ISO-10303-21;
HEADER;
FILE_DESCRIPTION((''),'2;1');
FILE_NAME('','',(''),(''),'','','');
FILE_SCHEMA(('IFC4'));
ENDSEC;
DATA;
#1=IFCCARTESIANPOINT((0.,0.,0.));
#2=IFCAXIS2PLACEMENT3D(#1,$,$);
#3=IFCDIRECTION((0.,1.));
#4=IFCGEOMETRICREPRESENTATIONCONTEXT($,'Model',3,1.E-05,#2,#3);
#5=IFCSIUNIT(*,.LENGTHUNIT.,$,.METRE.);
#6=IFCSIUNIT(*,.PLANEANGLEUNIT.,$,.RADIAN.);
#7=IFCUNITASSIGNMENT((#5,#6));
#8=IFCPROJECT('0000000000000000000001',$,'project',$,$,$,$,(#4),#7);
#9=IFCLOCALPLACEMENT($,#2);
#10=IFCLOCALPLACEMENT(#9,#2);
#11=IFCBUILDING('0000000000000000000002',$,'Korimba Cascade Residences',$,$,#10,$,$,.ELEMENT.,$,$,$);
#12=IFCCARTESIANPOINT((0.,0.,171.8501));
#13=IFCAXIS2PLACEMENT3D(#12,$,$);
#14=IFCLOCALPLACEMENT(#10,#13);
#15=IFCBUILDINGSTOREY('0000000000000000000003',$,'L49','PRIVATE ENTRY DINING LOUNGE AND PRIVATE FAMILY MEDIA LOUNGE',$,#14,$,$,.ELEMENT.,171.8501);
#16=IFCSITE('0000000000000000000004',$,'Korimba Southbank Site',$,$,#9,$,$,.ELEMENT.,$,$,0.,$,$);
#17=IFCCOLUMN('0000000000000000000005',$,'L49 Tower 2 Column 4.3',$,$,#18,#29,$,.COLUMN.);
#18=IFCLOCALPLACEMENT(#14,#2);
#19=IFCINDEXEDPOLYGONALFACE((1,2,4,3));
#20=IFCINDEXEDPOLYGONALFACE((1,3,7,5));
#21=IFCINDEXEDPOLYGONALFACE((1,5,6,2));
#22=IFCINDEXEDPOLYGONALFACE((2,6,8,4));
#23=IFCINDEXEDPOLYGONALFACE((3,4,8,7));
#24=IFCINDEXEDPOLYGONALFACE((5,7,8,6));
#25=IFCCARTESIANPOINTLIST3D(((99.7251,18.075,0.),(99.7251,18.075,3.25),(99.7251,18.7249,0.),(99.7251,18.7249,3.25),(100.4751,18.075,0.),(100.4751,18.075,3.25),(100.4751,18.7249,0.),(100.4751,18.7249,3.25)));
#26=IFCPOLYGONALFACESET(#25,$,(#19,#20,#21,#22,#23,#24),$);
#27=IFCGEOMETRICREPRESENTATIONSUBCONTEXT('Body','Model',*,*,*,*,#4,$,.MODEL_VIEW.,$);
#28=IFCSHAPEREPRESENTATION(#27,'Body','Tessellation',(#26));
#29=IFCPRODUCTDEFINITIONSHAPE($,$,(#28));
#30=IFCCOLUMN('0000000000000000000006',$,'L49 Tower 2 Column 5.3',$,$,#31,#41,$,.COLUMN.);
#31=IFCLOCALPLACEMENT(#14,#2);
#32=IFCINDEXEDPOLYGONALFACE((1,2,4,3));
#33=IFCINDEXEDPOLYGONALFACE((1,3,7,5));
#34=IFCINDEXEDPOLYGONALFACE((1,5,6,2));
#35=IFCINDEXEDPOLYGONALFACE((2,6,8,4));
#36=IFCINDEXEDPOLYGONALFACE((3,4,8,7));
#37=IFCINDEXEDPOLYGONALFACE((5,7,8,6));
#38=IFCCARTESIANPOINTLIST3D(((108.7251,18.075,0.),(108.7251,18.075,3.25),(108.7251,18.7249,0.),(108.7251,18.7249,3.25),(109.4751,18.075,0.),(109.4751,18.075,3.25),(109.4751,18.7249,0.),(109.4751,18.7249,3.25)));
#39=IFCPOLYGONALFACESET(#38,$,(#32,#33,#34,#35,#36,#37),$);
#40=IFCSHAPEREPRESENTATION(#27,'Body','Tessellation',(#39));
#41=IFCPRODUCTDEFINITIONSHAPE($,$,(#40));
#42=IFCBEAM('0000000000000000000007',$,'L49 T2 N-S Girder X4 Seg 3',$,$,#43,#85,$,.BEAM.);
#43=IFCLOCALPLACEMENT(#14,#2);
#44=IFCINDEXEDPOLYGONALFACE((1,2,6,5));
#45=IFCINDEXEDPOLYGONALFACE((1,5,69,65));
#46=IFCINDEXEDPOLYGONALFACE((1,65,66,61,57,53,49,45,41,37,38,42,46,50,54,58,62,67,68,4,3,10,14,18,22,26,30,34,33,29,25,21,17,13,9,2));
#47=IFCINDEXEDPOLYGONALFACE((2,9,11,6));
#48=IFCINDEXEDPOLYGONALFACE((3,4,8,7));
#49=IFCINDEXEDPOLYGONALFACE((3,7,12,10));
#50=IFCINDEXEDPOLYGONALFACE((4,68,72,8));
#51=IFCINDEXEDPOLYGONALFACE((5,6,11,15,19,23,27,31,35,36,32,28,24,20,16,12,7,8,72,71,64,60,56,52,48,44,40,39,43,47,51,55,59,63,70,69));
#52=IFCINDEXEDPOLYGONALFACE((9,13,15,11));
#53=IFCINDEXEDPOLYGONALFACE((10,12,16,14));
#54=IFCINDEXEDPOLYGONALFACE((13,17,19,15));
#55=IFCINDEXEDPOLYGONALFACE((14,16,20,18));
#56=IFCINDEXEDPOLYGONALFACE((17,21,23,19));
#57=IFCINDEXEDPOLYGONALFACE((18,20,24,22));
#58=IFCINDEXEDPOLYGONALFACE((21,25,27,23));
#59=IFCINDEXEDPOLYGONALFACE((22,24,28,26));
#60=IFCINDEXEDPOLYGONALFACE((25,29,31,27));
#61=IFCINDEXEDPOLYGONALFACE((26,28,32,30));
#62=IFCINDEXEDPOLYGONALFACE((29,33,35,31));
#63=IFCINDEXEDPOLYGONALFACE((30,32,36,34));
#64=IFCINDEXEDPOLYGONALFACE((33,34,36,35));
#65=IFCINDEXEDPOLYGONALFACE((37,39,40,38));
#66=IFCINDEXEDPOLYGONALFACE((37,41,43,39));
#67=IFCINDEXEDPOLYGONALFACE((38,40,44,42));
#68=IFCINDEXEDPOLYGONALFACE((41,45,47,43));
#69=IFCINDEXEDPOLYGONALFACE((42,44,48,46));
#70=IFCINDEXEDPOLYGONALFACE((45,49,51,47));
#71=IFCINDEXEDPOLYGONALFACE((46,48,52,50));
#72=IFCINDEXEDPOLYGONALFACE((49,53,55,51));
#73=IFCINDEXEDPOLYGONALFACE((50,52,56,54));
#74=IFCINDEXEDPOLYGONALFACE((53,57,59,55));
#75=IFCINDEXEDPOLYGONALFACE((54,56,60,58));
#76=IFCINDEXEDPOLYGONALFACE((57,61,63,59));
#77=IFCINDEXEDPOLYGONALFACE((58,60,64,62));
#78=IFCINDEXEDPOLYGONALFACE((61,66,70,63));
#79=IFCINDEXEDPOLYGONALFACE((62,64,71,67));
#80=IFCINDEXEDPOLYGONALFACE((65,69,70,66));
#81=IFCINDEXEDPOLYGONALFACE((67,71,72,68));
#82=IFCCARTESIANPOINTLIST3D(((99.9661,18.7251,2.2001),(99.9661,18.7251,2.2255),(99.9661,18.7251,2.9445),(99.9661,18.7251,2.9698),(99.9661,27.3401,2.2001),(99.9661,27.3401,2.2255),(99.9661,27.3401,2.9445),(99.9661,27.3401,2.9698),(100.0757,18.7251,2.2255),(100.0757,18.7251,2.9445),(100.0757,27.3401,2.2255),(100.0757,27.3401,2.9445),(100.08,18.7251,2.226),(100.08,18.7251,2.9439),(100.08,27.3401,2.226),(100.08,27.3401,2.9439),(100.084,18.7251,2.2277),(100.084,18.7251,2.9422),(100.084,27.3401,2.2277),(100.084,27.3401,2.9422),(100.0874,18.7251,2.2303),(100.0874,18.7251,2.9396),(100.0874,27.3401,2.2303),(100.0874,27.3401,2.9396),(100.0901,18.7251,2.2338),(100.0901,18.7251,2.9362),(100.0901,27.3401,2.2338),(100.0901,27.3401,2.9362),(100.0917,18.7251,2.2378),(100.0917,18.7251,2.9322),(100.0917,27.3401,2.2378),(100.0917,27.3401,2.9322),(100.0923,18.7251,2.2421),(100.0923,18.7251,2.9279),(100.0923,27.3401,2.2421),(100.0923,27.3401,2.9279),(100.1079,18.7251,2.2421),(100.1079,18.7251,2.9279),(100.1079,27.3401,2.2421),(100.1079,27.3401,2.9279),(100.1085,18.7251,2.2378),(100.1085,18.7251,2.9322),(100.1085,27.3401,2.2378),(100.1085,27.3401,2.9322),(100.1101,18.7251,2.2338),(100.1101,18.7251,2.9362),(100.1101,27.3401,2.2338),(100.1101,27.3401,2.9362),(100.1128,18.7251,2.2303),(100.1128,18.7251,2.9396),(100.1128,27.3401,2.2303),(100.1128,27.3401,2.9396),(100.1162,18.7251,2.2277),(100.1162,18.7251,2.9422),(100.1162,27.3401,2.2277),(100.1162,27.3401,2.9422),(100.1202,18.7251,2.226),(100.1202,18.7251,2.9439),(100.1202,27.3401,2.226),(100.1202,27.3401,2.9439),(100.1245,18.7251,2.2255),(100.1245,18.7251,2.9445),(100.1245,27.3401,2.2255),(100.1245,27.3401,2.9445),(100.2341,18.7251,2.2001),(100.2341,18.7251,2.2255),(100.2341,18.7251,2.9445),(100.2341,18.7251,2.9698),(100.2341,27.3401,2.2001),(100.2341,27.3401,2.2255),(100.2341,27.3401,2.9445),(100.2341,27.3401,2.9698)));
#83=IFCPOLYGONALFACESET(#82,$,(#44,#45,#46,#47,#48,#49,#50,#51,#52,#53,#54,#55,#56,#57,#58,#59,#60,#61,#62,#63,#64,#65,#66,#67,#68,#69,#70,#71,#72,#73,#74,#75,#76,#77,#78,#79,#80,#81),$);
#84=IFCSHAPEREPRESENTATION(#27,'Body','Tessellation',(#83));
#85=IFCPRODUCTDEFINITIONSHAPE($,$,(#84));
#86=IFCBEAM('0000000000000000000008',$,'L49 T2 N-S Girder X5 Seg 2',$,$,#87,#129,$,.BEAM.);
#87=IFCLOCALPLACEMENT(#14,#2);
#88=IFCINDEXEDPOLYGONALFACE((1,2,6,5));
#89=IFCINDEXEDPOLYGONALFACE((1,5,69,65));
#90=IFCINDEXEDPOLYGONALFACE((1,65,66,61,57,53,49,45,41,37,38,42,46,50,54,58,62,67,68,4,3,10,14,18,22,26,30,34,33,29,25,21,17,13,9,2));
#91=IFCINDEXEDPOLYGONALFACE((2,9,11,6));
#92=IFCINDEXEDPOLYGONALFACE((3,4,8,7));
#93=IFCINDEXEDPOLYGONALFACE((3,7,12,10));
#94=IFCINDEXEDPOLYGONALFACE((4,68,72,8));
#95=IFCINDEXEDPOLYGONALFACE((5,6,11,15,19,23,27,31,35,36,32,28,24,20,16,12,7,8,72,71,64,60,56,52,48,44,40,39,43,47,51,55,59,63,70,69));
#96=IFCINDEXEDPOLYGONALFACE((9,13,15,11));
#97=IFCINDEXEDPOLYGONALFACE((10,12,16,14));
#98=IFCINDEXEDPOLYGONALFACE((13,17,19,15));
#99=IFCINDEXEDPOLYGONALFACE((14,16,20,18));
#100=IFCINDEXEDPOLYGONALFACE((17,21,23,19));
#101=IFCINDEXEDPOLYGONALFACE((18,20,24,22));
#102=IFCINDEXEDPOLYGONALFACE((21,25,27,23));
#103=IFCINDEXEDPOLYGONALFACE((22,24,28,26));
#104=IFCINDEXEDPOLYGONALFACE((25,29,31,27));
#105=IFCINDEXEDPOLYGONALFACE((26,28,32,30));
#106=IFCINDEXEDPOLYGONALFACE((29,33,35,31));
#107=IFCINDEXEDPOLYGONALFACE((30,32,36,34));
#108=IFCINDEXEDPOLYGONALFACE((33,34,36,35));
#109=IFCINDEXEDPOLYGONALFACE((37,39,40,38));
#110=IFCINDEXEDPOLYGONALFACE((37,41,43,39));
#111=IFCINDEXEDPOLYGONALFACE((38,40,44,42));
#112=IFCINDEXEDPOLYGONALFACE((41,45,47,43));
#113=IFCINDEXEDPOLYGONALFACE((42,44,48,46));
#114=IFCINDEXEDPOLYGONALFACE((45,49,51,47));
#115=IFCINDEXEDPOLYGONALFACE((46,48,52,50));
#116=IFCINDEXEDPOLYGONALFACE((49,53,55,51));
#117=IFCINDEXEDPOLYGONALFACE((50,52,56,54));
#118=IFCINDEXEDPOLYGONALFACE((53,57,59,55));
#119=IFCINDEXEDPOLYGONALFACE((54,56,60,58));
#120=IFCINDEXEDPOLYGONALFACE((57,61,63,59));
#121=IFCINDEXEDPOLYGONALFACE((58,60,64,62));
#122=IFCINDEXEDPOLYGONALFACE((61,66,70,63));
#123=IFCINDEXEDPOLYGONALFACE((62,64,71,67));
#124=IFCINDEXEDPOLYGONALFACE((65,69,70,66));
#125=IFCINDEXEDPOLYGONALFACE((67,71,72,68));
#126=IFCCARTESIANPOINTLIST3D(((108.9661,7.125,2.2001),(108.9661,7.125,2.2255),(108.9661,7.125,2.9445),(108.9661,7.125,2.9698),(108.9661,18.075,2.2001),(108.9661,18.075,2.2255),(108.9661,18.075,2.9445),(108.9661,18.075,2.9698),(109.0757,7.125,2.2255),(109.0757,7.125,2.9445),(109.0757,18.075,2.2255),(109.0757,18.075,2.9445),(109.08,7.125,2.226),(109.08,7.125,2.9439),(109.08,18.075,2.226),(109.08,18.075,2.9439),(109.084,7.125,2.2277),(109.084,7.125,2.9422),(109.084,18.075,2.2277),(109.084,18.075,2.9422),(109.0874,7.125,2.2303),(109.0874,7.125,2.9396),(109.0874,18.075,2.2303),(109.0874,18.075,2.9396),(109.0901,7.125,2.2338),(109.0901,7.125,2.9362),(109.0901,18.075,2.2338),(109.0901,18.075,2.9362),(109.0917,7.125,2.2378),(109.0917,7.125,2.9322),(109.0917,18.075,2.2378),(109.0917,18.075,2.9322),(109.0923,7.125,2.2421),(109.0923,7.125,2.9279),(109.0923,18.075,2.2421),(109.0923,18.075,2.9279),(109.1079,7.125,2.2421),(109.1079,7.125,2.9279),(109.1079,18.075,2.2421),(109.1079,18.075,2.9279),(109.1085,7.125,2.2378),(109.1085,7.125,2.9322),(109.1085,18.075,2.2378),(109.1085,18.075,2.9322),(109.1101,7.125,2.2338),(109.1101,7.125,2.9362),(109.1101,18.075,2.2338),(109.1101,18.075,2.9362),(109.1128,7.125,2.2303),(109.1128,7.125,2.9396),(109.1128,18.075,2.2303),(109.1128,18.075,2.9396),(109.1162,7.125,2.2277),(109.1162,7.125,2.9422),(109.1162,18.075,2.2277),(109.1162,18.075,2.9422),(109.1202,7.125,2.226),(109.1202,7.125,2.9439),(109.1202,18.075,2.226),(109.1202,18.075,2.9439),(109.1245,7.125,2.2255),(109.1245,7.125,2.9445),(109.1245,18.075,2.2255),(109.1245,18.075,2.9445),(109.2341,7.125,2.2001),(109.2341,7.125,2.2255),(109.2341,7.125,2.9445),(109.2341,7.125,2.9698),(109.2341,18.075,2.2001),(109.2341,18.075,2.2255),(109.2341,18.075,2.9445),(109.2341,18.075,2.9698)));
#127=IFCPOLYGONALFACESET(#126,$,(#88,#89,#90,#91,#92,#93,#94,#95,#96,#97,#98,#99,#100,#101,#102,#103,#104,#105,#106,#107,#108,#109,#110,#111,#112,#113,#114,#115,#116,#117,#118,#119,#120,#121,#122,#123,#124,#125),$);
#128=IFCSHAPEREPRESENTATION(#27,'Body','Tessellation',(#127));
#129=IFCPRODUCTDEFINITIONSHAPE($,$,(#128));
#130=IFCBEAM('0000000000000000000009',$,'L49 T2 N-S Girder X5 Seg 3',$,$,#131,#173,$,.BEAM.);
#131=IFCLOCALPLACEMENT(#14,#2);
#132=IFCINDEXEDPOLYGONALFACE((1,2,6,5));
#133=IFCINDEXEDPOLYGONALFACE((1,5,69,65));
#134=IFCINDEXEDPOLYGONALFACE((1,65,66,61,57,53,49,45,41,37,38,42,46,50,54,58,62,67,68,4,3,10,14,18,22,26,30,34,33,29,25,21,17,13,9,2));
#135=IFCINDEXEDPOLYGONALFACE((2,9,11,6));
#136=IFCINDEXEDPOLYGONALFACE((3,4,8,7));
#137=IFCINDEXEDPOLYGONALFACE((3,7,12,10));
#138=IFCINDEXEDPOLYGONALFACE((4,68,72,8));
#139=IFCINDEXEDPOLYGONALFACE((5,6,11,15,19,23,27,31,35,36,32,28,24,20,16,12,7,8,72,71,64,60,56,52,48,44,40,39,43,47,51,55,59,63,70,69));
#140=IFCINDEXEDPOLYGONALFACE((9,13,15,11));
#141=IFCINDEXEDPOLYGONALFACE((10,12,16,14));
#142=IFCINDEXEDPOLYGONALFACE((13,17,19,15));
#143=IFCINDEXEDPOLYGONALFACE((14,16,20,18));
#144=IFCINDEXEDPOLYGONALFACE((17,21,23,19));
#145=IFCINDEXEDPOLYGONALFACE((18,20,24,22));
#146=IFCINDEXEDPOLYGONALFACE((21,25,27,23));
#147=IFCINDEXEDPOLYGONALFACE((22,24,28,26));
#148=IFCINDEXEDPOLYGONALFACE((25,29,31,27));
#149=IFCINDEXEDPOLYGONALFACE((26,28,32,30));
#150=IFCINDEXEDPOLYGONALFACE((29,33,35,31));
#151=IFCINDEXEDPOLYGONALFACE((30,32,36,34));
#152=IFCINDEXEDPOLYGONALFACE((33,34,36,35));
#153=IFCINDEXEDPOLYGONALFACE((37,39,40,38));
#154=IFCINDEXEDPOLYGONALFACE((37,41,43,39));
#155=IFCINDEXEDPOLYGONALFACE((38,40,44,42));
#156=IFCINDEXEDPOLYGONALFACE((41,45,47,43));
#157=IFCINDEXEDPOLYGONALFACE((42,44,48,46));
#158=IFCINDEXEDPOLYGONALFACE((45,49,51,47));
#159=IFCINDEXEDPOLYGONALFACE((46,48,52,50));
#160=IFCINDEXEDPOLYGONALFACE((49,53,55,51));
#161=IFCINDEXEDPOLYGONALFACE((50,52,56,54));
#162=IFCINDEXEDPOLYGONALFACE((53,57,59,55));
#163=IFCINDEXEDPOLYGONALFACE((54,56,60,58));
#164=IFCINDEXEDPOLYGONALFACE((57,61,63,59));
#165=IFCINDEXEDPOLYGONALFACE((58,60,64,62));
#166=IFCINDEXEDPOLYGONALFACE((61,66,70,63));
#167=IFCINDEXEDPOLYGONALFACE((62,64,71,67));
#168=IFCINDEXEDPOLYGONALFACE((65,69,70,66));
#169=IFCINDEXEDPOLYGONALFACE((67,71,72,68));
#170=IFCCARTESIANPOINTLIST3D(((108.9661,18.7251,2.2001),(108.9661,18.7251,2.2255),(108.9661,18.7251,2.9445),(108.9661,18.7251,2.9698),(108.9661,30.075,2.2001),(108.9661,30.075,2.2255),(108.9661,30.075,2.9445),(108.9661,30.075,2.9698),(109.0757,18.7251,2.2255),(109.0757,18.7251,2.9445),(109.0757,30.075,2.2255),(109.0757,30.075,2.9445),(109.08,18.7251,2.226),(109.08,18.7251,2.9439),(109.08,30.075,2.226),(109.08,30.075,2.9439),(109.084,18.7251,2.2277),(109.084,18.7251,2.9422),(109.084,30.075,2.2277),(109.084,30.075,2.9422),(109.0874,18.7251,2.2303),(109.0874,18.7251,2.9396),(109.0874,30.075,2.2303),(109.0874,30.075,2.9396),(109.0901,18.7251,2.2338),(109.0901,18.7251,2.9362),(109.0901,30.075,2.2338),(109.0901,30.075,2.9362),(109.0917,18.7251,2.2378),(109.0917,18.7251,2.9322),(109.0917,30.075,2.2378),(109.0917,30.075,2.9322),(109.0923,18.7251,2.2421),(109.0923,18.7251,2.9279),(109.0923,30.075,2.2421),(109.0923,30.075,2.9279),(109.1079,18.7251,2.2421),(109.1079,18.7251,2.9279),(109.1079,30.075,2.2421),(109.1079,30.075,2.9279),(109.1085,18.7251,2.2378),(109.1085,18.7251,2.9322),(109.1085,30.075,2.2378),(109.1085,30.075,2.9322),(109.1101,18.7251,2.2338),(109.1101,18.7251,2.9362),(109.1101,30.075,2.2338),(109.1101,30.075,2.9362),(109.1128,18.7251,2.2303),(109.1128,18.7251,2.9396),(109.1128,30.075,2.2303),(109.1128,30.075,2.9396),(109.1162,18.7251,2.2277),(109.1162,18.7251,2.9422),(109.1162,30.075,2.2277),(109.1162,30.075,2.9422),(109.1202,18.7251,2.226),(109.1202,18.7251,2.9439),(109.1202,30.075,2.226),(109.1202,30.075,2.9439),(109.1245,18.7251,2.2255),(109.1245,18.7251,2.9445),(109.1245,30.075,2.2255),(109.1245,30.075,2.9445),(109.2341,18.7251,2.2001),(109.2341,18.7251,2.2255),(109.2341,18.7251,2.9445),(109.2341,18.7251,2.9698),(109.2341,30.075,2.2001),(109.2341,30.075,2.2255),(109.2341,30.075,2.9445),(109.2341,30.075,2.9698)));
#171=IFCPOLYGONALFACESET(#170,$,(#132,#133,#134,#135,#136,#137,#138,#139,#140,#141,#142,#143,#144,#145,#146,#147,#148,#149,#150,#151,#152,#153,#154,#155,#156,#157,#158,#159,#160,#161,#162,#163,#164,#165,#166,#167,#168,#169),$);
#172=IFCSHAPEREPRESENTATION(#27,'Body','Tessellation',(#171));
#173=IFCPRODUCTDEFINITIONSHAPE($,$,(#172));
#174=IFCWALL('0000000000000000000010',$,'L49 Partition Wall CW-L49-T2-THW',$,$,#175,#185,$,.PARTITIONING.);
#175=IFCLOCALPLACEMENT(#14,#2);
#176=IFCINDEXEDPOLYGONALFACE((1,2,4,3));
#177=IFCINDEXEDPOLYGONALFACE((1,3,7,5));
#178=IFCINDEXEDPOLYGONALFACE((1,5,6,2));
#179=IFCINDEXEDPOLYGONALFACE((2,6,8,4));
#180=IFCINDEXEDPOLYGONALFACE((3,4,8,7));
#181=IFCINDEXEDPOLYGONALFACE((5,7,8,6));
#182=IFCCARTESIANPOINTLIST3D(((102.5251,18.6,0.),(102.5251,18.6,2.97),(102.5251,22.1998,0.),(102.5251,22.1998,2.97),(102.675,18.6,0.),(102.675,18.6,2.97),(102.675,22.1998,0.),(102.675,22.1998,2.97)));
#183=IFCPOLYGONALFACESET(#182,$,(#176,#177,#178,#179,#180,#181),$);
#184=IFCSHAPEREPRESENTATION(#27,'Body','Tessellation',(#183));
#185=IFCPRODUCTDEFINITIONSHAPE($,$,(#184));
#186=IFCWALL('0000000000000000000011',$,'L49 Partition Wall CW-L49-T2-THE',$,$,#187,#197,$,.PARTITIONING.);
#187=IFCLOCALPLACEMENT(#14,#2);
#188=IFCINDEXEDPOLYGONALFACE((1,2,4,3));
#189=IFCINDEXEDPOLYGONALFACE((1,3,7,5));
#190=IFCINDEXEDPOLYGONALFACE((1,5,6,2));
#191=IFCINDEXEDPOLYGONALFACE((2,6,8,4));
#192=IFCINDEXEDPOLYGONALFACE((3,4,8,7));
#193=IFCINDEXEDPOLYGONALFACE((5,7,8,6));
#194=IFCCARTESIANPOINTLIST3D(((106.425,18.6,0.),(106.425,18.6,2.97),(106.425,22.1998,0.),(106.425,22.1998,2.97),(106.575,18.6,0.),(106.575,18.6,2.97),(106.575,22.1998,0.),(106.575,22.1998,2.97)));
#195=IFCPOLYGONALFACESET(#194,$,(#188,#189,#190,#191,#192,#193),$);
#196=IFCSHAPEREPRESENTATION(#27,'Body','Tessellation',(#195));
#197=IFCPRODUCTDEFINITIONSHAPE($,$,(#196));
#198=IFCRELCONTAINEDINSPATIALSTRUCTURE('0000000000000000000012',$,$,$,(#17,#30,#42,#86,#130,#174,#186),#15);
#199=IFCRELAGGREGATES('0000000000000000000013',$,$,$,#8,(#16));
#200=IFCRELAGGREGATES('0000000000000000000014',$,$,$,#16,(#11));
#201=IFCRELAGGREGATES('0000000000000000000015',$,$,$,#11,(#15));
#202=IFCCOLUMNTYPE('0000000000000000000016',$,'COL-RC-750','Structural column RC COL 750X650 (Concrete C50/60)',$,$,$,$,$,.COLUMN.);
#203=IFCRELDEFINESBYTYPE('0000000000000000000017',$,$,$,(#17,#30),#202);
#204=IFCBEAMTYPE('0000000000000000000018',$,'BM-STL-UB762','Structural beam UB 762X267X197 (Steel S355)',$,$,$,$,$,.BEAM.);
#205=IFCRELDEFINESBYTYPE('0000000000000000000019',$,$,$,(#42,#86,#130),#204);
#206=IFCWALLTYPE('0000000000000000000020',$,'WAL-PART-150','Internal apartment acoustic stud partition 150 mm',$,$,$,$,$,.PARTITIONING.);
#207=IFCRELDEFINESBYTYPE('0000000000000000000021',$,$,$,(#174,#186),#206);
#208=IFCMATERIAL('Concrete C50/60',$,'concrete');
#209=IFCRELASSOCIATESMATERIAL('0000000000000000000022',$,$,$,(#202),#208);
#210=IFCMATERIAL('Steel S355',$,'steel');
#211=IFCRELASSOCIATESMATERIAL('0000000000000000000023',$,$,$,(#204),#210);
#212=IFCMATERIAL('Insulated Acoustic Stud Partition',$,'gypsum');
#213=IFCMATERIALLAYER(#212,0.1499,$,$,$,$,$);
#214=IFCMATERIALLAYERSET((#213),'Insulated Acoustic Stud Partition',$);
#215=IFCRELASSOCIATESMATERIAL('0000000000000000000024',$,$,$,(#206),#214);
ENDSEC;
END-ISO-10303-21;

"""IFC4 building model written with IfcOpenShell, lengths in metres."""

from ifc_helpers import new_model, si_unit, direction, frame, frame_2d, origin, origin_2d, place, context, subcontext, project, spatial, rectangle, i_section, extrude, material, layer, layer_set, material_profile, profile_set, type_object, element, save


model = new_model("IFC4")

# Units and contexts
model_context = context("Model", 3, precision=1e-05, world=origin(), true_north=direction((0.0, 1.0)))
body_context = subcontext(model_context, "Body", "Model", "MODEL_VIEW")
ifc_project = project(units=[si_unit("LENGTHUNIT", "METRE"), si_unit("PLANEANGLEUNIT", "RADIAN")], contexts=[model_context])

# Site, building, storey
site_placement = place(None, origin())
site = spatial("IfcSite", under=ifc_project, at=site_placement, Name="Korimba Southbank Site", CompositionType="ELEMENT", RefElevation=0.0)
building_placement = place(site_placement, origin())
building = spatial("IfcBuilding", under=site, at=building_placement, Name="Korimba Cascade Residences", CompositionType="ELEMENT")
storey_placement = place(building_placement, frame((0.0, 0.0, 171.8501)))
storey = spatial("IfcBuildingStorey", under=building, at=storey_placement, Name="L49", Description="PRIVATE ENTRY DINING LOUNGE AND PRIVATE FAMILY MEDIA LOUNGE", CompositionType="ELEMENT", Elevation=171.8501)

# Columns
ifc_material_1 = material(Name="Concrete C50/60", Category="concrete")
ifc_material_profile_1 = material_profile(ifc_material_1, rectangle(XDim=0.75, YDim=0.6499, at=origin_2d()), Name="Concrete C50/60")
ifc_profile_set_1 = profile_set([ifc_material_profile_1], Name="Concrete C50/60")
column_type = type_object("IfcColumnType", Name="COL-RC-750", Description="Structural column RC COL 750X650 (Concrete C50/60)", PredefinedType="COLUMN", material=ifc_profile_set_1)
for number, where, z_axis, x_axis, name in (
    (1, (100.1001, 18.3999, 0.0), (0.0, 0.0, 1.0), (1.0, 0.0, 0.0), "L49 Tower 2 Column 4.3"),
    (2, (109.1001, 18.3999, 0.0), (0.0, 0.0, 1.0), (1.0, 0.0, 0.0), "L49 Tower 2 Column 5.3"),
):
    element("IfcColumn", number, at=place(storey_placement, frame(where, z_axis=z_axis, x_axis=x_axis)), inside=storey, type_object=column_type, Name=name, PredefinedType="COLUMN", context=body_context, shape_type="SweptSolid", body=[
        extrude(rectangle(XDim=0.75, YDim=0.6499, at=origin_2d()), origin(), (0.0, 0.0, 1.0), 3.25),
    ])

# Beams
ifc_material_2 = material(Name="Steel S355", Category="steel")
ifc_material_profile_2 = material_profile(ifc_material_2, i_section(OverallWidth=0.2681, OverallDepth=0.7698, WebThickness=0.0156, FlangeThickness=0.0254, FilletRadius=0.0166, at=origin_2d()), Name="Steel S355")
ifc_profile_set_2 = profile_set([ifc_material_profile_2], Name="Steel S355")
beam_type = type_object("IfcBeamType", Name="BM-STL-UB762", Description="Structural beam UB 762X267X197 (Steel S355)", PredefinedType="BEAM", material=ifc_profile_set_2)
beam_1_placement = place(storey_placement, frame((100.1001, 18.7251, 2.585), z_axis=(0.0, 1.0, 0.0), x_axis=(-1.0, 0.0, 0.0)))
element("IfcBeam", 3, at=beam_1_placement, inside=storey, type_object=beam_type, Name="L49 T2 N-S Girder X4 Seg 3", PredefinedType="BEAM", context=body_context, shape_type="SweptSolid", body=[
    extrude(i_section(OverallWidth=0.2681, OverallDepth=0.7698, WebThickness=0.0156, FlangeThickness=0.0254, FilletRadius=0.0166, at=origin_2d()), origin(), (0.0, 0.0, 1.0), 8.615),
])
beam_2_placement = place(storey_placement, frame((109.1001, 7.125, 2.585), z_axis=(0.0, 1.0, 0.0), x_axis=(-1.0, 0.0, 0.0)))
element("IfcBeam", 4, at=beam_2_placement, inside=storey, type_object=beam_type, Name="L49 T2 N-S Girder X5 Seg 2", PredefinedType="BEAM", context=body_context, shape_type="SweptSolid", body=[
    extrude(i_section(OverallWidth=0.2681, OverallDepth=0.7698, WebThickness=0.0156, FlangeThickness=0.0254, FilletRadius=0.0166, at=origin_2d()), origin(), (0.0, 0.0, 1.0), 10.95),
])
beam_3_placement = place(storey_placement, frame((109.1001, 18.7251, 2.585), z_axis=(0.0, 1.0, 0.0), x_axis=(-1.0, 0.0, 0.0)))
element("IfcBeam", 5, at=beam_3_placement, inside=storey, type_object=beam_type, Name="L49 T2 N-S Girder X5 Seg 3", PredefinedType="BEAM", context=body_context, shape_type="SweptSolid", body=[
    extrude(i_section(OverallWidth=0.2681, OverallDepth=0.7698, WebThickness=0.0156, FlangeThickness=0.0254, FilletRadius=0.0166, at=origin_2d()), origin(), (0.0, 0.0, 1.0), 11.3499),
])

# Walls
ifc_material_3 = material(Name="Insulated Acoustic Stud Partition", Category="gypsum")
ifc_layer_1 = layer(ifc_material_3, 0.1499)
ifc_layer_set_1 = layer_set([ifc_layer_1], Name="Insulated Acoustic Stud Partition")
wall_type_1 = type_object("IfcWallType", Name="WAL-PART-150", Description="Internal apartment acoustic stud partition 150 mm", PredefinedType="PARTITIONING", material=ifc_layer_set_1)
for number, where, z_axis, x_axis, name in (
    (6, (102.6001, 18.6001, 0.0), (0.0, 0.0, 1.0), (0.0, 1.0, 0.0), "L49 Partition Wall CW-L49-T2-THW"),
    (7, (106.5, 18.6001, 0.0), (0.0, 0.0, 1.0), (0.0, 1.0, 0.0), "L49 Partition Wall CW-L49-T2-THE"),
):
    element("IfcWall", number, at=place(storey_placement, frame(where, z_axis=z_axis, x_axis=x_axis)), inside=storey, type_object=wall_type_1, Name=name, PredefinedType="PARTITIONING", context=body_context, shape_type="SweptSolid", body=[
        extrude(rectangle(XDim=3.5999, YDim=0.1499, at=frame_2d((1.7998, 0.0))), origin(), (0.0, 0.0, 1.0), 2.97),
    ])

save(model, "model.ifc")
